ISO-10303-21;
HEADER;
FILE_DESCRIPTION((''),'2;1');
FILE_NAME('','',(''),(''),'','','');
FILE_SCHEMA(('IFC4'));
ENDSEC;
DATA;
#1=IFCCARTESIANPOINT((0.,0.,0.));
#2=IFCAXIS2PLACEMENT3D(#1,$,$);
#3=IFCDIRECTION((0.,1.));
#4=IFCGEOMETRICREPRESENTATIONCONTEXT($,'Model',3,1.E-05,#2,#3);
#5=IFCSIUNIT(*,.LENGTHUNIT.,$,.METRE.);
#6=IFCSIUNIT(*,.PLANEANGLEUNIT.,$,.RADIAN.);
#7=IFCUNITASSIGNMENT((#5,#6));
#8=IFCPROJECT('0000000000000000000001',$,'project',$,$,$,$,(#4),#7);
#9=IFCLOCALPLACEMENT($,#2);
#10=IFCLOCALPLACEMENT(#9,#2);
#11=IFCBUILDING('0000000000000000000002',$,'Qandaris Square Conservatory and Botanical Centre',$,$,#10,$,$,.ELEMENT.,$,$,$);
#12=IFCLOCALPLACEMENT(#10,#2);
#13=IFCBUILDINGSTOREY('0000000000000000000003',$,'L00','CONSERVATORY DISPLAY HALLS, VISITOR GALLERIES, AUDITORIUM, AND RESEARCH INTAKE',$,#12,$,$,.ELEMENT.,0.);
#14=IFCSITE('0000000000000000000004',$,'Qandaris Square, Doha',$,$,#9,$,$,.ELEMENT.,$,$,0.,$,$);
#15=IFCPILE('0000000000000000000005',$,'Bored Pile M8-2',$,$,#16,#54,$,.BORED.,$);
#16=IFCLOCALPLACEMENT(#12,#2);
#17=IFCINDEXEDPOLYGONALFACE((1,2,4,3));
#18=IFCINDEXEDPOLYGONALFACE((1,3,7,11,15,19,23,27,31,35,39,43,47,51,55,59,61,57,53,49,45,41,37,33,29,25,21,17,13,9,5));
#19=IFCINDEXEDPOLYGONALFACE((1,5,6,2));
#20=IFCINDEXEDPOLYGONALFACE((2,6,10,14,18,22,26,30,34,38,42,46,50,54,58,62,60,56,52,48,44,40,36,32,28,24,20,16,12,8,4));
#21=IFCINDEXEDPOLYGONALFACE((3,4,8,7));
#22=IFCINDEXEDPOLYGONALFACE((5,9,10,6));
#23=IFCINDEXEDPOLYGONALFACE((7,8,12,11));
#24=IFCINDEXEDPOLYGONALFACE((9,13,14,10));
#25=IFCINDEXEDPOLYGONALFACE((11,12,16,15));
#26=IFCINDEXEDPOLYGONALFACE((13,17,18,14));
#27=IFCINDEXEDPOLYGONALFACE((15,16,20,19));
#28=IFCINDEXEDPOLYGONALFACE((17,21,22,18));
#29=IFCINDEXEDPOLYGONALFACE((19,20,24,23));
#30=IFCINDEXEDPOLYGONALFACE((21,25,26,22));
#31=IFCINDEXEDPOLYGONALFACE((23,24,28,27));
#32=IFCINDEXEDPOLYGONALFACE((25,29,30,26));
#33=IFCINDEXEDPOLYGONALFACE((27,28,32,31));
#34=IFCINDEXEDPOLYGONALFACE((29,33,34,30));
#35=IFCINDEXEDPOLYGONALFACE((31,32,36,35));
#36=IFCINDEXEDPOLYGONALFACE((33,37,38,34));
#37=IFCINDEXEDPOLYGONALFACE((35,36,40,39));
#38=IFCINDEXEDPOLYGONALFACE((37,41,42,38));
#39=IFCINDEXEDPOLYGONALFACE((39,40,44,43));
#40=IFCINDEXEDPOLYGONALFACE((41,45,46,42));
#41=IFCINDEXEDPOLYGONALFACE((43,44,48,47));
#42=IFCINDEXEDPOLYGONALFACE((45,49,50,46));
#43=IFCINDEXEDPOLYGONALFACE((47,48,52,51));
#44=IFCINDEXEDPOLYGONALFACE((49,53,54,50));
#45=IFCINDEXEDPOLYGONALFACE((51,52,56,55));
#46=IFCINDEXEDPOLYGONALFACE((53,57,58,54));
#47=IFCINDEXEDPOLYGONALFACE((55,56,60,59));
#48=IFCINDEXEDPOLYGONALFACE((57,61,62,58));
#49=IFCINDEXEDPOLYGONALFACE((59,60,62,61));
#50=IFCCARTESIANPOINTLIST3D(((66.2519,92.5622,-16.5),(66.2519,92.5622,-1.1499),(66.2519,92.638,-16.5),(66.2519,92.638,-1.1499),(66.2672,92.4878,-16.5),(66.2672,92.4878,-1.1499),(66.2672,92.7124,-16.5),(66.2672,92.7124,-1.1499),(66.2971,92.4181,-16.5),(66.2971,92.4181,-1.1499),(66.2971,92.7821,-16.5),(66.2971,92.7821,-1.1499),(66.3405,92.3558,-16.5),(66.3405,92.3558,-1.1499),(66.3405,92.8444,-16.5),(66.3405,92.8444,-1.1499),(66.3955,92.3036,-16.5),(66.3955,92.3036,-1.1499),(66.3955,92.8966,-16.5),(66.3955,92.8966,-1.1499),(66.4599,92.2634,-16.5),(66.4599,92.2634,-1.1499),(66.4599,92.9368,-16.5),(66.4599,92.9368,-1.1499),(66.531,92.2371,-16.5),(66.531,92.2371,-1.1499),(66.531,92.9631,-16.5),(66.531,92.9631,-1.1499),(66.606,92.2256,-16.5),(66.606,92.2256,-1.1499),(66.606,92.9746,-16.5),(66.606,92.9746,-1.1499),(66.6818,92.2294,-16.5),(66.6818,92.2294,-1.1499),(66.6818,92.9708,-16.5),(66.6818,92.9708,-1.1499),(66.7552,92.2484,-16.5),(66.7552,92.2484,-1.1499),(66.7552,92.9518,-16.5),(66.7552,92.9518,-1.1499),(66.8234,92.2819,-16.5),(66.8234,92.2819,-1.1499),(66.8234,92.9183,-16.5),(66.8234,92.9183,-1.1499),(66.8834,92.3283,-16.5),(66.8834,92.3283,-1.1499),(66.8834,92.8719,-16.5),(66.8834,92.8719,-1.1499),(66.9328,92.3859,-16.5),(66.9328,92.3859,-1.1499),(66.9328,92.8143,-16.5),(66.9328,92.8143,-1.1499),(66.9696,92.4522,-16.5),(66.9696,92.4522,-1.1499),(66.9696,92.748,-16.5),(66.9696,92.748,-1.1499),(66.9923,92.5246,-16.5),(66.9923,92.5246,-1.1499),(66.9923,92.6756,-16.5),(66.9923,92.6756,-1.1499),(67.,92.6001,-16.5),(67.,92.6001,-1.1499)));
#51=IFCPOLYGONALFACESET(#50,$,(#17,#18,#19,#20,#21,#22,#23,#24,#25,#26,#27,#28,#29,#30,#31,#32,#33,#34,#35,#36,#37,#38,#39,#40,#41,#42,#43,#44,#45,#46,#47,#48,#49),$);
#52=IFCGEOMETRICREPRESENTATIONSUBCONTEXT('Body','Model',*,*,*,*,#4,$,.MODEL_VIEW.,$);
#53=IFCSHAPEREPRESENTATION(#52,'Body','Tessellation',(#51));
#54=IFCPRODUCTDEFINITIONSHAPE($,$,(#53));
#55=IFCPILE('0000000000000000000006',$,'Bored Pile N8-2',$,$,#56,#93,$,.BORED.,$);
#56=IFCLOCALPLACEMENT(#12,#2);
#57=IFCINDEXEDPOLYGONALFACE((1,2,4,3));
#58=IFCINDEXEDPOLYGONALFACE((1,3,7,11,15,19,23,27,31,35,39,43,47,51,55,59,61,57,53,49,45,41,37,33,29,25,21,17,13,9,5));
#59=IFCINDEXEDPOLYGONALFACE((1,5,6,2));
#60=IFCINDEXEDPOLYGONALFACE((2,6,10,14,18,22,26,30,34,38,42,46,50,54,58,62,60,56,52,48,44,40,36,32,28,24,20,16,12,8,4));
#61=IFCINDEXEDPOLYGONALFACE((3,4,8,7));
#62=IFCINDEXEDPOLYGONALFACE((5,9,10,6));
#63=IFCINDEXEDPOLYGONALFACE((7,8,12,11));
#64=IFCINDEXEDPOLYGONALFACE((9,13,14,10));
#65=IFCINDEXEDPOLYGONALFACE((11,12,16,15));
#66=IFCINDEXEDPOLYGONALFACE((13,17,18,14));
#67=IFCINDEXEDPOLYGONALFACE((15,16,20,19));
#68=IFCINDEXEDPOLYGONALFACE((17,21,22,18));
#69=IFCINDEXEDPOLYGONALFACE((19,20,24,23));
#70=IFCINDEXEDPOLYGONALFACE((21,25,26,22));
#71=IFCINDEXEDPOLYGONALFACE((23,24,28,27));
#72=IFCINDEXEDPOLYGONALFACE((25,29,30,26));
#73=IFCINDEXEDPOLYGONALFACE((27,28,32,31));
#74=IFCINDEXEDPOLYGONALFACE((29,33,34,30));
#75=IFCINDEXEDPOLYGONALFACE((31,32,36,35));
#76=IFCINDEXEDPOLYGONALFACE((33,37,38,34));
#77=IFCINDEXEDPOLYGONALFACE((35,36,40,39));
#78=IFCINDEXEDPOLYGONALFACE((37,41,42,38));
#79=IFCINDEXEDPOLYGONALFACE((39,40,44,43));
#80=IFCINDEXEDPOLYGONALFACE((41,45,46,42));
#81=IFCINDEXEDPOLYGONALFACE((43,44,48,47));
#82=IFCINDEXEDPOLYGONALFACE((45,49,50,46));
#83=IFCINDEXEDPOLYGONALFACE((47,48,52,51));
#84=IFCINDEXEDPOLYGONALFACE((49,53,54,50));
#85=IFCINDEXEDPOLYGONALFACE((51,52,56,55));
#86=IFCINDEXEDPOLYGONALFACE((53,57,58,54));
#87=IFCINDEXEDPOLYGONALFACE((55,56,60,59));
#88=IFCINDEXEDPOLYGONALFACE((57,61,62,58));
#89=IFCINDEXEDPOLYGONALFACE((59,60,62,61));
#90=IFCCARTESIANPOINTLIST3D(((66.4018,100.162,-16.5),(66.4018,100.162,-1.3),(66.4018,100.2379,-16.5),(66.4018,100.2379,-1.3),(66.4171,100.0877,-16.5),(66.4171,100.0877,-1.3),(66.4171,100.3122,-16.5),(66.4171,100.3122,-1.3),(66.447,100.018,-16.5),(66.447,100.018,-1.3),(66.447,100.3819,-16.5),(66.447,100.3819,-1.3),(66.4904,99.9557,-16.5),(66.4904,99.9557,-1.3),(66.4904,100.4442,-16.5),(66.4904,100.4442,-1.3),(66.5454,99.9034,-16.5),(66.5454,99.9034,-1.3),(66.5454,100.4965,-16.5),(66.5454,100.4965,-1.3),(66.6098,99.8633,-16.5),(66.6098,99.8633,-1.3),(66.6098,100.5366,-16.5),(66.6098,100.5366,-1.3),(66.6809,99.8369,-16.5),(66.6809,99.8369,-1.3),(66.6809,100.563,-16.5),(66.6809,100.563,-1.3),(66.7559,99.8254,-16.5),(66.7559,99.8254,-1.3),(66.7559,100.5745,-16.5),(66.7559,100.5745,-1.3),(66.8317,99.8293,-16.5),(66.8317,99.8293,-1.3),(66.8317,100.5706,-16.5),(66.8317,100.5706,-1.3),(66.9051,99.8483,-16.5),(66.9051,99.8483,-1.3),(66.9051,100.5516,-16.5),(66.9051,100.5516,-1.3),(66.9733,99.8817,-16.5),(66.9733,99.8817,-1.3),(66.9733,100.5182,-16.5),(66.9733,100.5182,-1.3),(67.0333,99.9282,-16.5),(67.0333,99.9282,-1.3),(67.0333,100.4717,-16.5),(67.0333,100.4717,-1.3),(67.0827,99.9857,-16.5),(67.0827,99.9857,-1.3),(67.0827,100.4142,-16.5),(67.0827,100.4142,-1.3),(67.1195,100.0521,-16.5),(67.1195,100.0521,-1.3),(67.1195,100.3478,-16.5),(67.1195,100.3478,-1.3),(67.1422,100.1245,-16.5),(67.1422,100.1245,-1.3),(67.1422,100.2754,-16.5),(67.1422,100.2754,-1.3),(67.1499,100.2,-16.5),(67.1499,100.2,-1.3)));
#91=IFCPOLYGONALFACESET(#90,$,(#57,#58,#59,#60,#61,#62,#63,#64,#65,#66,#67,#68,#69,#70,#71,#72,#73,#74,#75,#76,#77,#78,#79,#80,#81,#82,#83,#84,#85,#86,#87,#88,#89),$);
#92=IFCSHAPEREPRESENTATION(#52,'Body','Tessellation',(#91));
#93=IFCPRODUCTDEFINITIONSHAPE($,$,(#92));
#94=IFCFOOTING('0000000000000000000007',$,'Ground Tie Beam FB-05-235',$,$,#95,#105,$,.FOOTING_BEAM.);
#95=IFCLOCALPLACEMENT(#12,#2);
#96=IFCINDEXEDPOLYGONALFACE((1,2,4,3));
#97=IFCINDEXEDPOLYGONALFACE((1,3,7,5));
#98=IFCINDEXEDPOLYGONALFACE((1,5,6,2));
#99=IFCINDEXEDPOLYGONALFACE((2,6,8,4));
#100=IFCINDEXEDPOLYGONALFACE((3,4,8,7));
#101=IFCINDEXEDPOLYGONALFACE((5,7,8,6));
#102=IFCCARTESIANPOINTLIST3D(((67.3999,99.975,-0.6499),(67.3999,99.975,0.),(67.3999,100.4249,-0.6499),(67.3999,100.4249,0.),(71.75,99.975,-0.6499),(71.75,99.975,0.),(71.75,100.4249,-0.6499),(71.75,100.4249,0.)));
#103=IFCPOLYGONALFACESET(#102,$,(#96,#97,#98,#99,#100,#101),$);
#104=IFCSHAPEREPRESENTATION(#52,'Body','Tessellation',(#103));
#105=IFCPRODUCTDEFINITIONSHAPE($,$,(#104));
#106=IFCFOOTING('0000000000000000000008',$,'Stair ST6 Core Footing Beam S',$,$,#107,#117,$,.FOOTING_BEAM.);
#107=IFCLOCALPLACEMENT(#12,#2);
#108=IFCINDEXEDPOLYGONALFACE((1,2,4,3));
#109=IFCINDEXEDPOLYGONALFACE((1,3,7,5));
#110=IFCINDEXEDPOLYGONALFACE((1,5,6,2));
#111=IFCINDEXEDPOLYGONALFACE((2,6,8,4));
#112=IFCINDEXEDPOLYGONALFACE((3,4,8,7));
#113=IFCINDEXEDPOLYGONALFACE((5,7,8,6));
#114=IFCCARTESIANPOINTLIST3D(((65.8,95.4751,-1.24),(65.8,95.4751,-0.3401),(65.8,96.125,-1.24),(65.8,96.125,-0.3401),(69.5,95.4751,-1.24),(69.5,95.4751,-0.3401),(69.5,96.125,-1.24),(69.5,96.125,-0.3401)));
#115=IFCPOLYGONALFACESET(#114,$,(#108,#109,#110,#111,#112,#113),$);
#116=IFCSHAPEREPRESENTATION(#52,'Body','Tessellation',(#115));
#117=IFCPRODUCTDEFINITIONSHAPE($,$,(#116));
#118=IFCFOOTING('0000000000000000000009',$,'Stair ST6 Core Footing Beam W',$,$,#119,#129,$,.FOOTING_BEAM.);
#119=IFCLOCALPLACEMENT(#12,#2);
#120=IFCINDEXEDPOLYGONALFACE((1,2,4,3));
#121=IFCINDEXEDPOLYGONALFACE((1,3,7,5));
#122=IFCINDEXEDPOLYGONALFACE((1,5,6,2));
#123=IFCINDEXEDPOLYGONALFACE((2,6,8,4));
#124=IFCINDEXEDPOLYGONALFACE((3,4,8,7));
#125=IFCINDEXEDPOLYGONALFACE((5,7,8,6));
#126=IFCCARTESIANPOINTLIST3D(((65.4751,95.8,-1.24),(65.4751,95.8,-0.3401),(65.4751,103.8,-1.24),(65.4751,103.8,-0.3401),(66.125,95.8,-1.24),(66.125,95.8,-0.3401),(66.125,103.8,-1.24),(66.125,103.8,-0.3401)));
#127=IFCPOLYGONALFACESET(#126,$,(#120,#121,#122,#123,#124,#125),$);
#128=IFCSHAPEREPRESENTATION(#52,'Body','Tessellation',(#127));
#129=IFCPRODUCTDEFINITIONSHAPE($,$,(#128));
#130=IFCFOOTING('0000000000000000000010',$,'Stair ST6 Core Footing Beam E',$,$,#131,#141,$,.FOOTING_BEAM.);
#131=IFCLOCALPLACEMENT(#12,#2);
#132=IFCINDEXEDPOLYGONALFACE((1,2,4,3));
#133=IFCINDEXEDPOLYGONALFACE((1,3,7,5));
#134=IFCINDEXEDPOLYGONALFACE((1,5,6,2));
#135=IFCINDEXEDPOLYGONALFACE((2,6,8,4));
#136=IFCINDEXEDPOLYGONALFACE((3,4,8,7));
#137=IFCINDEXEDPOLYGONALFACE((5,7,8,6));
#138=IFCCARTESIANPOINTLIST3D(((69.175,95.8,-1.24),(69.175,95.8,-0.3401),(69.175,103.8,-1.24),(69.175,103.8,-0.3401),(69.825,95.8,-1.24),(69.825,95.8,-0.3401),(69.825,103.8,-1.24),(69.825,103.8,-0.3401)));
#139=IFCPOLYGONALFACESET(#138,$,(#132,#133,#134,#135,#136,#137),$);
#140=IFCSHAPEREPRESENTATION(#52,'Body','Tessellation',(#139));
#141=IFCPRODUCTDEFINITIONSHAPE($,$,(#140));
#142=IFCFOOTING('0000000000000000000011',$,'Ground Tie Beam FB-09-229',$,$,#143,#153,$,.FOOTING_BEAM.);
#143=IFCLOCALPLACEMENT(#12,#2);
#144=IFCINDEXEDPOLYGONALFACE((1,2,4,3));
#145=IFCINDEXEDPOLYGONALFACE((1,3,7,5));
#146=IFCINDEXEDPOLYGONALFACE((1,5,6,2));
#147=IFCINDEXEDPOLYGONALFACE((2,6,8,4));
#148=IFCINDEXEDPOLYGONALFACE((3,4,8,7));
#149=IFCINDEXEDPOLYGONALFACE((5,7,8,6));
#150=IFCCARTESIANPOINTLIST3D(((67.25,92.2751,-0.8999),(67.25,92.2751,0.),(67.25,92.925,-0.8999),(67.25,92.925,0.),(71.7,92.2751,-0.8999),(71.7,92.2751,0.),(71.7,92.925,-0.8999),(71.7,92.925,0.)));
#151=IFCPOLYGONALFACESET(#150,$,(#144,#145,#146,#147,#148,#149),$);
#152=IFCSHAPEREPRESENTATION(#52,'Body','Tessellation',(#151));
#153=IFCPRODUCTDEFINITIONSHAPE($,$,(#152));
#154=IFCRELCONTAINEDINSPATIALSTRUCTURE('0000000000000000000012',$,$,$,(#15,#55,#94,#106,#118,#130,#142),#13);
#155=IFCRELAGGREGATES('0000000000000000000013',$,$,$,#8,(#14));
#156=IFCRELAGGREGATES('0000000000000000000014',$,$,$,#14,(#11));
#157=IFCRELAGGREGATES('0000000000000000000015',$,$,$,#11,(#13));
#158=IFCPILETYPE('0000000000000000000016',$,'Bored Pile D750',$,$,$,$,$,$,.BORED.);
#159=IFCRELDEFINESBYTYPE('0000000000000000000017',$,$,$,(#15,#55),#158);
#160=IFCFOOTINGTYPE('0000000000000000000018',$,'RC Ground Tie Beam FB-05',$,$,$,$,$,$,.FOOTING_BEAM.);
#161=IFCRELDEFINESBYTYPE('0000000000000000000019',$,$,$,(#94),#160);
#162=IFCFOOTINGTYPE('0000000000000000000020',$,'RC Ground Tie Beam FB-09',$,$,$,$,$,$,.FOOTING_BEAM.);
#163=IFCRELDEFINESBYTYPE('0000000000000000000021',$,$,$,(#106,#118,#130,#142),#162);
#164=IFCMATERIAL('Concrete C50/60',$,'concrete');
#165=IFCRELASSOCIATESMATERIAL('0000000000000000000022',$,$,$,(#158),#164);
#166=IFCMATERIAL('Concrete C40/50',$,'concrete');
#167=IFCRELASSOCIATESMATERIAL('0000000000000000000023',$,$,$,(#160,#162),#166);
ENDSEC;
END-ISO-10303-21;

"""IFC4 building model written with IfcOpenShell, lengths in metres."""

from ifc_helpers import new_model, si_unit, direction, frame, origin, origin_2d, place, context, subcontext, project, spatial, rectangle, circle, extrude, material, material_profile, profile_set, type_object, element, save


model = new_model("IFC4")

# Units and contexts
model_context = context("Model", 3, precision=1e-05, world=origin(), true_north=direction((0.0, 1.0)))
body_context = subcontext(model_context, "Body", "Model", "MODEL_VIEW")
ifc_project = project(units=[si_unit("LENGTHUNIT", "METRE"), si_unit("PLANEANGLEUNIT", "RADIAN")], contexts=[model_context])

# Site, building, storey
site_placement = place(None, origin())
site = spatial("IfcSite", under=ifc_project, at=site_placement, Name="Qandaris Square, Doha", CompositionType="ELEMENT", RefElevation=0.0)
building_placement = place(site_placement, origin())
building = spatial("IfcBuilding", under=site, at=building_placement, Name="Qandaris Square Conservatory and Botanical Centre", CompositionType="ELEMENT")
storey_placement = place(building_placement, origin())
storey = spatial("IfcBuildingStorey", under=building, at=storey_placement, Name="L00", Description="CONSERVATORY DISPLAY HALLS, VISITOR GALLERIES, AUDITORIUM, AND RESEARCH INTAKE", CompositionType="ELEMENT", Elevation=0.0)

# Piles
ifc_material_1 = material(Name="Concrete C50/60", Category="concrete")
ifc_material_profile_1 = material_profile(ifc_material_1, circle(Radius=0.375, at=origin_2d()), Name="PILE D750")
ifc_profile_set_1 = profile_set([ifc_material_profile_1], Name="Concrete C50/60")
pile_type = type_object("IfcPileType", Name="Bored Pile D750", PredefinedType="BORED", material=ifc_profile_set_1)
pile_1_placement = place(storey_placement, frame((66.625, 92.6001, -1.1499), z_axis=(0.0, 0.0, -1.0), x_axis=(1.0, 0.0, 0.0)))
element("IfcPile", 1, at=pile_1_placement, inside=storey, type_object=pile_type, Name="Bored Pile M8-2", PredefinedType="BORED", context=body_context, shape_type="SweptSolid", body=[
    extrude(circle(Radius=0.375, at=origin_2d()), origin(), (0.0, 0.0, 1.0), 15.3501),
])
pile_2_placement = place(storey_placement, frame((66.7749, 100.2, -1.3), z_axis=(0.0, 0.0, -1.0), x_axis=(1.0, 0.0, 0.0)))
element("IfcPile", 2, at=pile_2_placement, inside=storey, type_object=pile_type, Name="Bored Pile N8-2", PredefinedType="BORED", context=body_context, shape_type="SweptSolid", body=[
    extrude(circle(Radius=0.375, at=origin_2d()), origin(), (0.0, 0.0, 1.0), 15.2),
])

# Footings
ifc_material_2 = material(Name="Concrete C40/50", Category="concrete")
ifc_material_profile_2 = material_profile(ifc_material_2, rectangle(XDim=0.45, YDim=0.6499, at=origin_2d()), Name="FB 450x650")
ifc_profile_set_2 = profile_set([ifc_material_profile_2], Name="Concrete C40/50")
footing_type_1 = type_object("IfcFootingType", Name="RC Ground Tie Beam FB-05", PredefinedType="FOOTING_BEAM", material=ifc_profile_set_2)
footing_1_placement = place(storey_placement, frame((67.3999, 100.2, -0.325), z_axis=(1.0, 0.0, 0.0), x_axis=(0.0, 1.0, 0.0)))
element("IfcFooting", 3, at=footing_1_placement, inside=storey, type_object=footing_type_1, Name="Ground Tie Beam FB-05-235", PredefinedType="FOOTING_BEAM", context=body_context, shape_type="SweptSolid", body=[
    extrude(rectangle(XDim=0.45, YDim=0.6499, at=origin_2d()), origin(), (0.0, 0.0, 1.0), 4.3501),
])
ifc_material_profile_3 = material_profile(ifc_material_2, rectangle(XDim=0.6499, YDim=0.8999, at=origin_2d()), Name="FB 650x900")
ifc_profile_set_3 = profile_set([ifc_material_profile_3], Name="Concrete C40/50")
footing_type_2 = type_object("IfcFootingType", Name="RC Ground Tie Beam FB-09", PredefinedType="FOOTING_BEAM", material=ifc_profile_set_3)
footing_2_placement = place(storey_placement, frame((65.8, 95.8, -0.79), z_axis=(1.0, 0.0, 0.0), x_axis=(0.0, 1.0, 0.0)))
element("IfcFooting", 4, at=footing_2_placement, inside=storey, type_object=footing_type_2, Name="Stair ST6 Core Footing Beam S", PredefinedType="FOOTING_BEAM", context=body_context, shape_type="SweptSolid", body=[
    extrude(rectangle(XDim=0.6499, YDim=0.8999, at=origin_2d()), origin(), (0.0, 0.0, 1.0), 3.7),
])
for number, where, z_axis, x_axis, name in (
    (5, (65.8, 95.8, -0.79), (0.0, 1.0, 0.0), (-1.0, 0.0, 0.0), "Stair ST6 Core Footing Beam W"),
    (6, (69.5, 95.8, -0.79), (0.0, 1.0, 0.0), (-1.0, 0.0, 0.0), "Stair ST6 Core Footing Beam E"),
):
    element("IfcFooting", number, at=place(storey_placement, frame(where, z_axis=z_axis, x_axis=x_axis)), inside=storey, type_object=footing_type_2, Name=name, PredefinedType="FOOTING_BEAM", context=body_context, shape_type="SweptSolid", body=[
        extrude(rectangle(XDim=0.6499, YDim=0.8999, at=origin_2d()), origin(), (0.0, 0.0, 1.0), 8.0),
    ])
footing_3_placement = place(storey_placement, frame((67.25, 92.6001, -0.45), z_axis=(1.0, 0.0, 0.0), x_axis=(0.0, 1.0, 0.0)))
element("IfcFooting", 7, at=footing_3_placement, inside=storey, type_object=footing_type_2, Name="Ground Tie Beam FB-09-229", PredefinedType="FOOTING_BEAM", context=body_context, shape_type="SweptSolid", body=[
    extrude(rectangle(XDim=0.6499, YDim=0.8999, at=origin_2d()), origin(), (0.0, 0.0, 1.0), 4.45),
])

save(model, "model.ifc")
